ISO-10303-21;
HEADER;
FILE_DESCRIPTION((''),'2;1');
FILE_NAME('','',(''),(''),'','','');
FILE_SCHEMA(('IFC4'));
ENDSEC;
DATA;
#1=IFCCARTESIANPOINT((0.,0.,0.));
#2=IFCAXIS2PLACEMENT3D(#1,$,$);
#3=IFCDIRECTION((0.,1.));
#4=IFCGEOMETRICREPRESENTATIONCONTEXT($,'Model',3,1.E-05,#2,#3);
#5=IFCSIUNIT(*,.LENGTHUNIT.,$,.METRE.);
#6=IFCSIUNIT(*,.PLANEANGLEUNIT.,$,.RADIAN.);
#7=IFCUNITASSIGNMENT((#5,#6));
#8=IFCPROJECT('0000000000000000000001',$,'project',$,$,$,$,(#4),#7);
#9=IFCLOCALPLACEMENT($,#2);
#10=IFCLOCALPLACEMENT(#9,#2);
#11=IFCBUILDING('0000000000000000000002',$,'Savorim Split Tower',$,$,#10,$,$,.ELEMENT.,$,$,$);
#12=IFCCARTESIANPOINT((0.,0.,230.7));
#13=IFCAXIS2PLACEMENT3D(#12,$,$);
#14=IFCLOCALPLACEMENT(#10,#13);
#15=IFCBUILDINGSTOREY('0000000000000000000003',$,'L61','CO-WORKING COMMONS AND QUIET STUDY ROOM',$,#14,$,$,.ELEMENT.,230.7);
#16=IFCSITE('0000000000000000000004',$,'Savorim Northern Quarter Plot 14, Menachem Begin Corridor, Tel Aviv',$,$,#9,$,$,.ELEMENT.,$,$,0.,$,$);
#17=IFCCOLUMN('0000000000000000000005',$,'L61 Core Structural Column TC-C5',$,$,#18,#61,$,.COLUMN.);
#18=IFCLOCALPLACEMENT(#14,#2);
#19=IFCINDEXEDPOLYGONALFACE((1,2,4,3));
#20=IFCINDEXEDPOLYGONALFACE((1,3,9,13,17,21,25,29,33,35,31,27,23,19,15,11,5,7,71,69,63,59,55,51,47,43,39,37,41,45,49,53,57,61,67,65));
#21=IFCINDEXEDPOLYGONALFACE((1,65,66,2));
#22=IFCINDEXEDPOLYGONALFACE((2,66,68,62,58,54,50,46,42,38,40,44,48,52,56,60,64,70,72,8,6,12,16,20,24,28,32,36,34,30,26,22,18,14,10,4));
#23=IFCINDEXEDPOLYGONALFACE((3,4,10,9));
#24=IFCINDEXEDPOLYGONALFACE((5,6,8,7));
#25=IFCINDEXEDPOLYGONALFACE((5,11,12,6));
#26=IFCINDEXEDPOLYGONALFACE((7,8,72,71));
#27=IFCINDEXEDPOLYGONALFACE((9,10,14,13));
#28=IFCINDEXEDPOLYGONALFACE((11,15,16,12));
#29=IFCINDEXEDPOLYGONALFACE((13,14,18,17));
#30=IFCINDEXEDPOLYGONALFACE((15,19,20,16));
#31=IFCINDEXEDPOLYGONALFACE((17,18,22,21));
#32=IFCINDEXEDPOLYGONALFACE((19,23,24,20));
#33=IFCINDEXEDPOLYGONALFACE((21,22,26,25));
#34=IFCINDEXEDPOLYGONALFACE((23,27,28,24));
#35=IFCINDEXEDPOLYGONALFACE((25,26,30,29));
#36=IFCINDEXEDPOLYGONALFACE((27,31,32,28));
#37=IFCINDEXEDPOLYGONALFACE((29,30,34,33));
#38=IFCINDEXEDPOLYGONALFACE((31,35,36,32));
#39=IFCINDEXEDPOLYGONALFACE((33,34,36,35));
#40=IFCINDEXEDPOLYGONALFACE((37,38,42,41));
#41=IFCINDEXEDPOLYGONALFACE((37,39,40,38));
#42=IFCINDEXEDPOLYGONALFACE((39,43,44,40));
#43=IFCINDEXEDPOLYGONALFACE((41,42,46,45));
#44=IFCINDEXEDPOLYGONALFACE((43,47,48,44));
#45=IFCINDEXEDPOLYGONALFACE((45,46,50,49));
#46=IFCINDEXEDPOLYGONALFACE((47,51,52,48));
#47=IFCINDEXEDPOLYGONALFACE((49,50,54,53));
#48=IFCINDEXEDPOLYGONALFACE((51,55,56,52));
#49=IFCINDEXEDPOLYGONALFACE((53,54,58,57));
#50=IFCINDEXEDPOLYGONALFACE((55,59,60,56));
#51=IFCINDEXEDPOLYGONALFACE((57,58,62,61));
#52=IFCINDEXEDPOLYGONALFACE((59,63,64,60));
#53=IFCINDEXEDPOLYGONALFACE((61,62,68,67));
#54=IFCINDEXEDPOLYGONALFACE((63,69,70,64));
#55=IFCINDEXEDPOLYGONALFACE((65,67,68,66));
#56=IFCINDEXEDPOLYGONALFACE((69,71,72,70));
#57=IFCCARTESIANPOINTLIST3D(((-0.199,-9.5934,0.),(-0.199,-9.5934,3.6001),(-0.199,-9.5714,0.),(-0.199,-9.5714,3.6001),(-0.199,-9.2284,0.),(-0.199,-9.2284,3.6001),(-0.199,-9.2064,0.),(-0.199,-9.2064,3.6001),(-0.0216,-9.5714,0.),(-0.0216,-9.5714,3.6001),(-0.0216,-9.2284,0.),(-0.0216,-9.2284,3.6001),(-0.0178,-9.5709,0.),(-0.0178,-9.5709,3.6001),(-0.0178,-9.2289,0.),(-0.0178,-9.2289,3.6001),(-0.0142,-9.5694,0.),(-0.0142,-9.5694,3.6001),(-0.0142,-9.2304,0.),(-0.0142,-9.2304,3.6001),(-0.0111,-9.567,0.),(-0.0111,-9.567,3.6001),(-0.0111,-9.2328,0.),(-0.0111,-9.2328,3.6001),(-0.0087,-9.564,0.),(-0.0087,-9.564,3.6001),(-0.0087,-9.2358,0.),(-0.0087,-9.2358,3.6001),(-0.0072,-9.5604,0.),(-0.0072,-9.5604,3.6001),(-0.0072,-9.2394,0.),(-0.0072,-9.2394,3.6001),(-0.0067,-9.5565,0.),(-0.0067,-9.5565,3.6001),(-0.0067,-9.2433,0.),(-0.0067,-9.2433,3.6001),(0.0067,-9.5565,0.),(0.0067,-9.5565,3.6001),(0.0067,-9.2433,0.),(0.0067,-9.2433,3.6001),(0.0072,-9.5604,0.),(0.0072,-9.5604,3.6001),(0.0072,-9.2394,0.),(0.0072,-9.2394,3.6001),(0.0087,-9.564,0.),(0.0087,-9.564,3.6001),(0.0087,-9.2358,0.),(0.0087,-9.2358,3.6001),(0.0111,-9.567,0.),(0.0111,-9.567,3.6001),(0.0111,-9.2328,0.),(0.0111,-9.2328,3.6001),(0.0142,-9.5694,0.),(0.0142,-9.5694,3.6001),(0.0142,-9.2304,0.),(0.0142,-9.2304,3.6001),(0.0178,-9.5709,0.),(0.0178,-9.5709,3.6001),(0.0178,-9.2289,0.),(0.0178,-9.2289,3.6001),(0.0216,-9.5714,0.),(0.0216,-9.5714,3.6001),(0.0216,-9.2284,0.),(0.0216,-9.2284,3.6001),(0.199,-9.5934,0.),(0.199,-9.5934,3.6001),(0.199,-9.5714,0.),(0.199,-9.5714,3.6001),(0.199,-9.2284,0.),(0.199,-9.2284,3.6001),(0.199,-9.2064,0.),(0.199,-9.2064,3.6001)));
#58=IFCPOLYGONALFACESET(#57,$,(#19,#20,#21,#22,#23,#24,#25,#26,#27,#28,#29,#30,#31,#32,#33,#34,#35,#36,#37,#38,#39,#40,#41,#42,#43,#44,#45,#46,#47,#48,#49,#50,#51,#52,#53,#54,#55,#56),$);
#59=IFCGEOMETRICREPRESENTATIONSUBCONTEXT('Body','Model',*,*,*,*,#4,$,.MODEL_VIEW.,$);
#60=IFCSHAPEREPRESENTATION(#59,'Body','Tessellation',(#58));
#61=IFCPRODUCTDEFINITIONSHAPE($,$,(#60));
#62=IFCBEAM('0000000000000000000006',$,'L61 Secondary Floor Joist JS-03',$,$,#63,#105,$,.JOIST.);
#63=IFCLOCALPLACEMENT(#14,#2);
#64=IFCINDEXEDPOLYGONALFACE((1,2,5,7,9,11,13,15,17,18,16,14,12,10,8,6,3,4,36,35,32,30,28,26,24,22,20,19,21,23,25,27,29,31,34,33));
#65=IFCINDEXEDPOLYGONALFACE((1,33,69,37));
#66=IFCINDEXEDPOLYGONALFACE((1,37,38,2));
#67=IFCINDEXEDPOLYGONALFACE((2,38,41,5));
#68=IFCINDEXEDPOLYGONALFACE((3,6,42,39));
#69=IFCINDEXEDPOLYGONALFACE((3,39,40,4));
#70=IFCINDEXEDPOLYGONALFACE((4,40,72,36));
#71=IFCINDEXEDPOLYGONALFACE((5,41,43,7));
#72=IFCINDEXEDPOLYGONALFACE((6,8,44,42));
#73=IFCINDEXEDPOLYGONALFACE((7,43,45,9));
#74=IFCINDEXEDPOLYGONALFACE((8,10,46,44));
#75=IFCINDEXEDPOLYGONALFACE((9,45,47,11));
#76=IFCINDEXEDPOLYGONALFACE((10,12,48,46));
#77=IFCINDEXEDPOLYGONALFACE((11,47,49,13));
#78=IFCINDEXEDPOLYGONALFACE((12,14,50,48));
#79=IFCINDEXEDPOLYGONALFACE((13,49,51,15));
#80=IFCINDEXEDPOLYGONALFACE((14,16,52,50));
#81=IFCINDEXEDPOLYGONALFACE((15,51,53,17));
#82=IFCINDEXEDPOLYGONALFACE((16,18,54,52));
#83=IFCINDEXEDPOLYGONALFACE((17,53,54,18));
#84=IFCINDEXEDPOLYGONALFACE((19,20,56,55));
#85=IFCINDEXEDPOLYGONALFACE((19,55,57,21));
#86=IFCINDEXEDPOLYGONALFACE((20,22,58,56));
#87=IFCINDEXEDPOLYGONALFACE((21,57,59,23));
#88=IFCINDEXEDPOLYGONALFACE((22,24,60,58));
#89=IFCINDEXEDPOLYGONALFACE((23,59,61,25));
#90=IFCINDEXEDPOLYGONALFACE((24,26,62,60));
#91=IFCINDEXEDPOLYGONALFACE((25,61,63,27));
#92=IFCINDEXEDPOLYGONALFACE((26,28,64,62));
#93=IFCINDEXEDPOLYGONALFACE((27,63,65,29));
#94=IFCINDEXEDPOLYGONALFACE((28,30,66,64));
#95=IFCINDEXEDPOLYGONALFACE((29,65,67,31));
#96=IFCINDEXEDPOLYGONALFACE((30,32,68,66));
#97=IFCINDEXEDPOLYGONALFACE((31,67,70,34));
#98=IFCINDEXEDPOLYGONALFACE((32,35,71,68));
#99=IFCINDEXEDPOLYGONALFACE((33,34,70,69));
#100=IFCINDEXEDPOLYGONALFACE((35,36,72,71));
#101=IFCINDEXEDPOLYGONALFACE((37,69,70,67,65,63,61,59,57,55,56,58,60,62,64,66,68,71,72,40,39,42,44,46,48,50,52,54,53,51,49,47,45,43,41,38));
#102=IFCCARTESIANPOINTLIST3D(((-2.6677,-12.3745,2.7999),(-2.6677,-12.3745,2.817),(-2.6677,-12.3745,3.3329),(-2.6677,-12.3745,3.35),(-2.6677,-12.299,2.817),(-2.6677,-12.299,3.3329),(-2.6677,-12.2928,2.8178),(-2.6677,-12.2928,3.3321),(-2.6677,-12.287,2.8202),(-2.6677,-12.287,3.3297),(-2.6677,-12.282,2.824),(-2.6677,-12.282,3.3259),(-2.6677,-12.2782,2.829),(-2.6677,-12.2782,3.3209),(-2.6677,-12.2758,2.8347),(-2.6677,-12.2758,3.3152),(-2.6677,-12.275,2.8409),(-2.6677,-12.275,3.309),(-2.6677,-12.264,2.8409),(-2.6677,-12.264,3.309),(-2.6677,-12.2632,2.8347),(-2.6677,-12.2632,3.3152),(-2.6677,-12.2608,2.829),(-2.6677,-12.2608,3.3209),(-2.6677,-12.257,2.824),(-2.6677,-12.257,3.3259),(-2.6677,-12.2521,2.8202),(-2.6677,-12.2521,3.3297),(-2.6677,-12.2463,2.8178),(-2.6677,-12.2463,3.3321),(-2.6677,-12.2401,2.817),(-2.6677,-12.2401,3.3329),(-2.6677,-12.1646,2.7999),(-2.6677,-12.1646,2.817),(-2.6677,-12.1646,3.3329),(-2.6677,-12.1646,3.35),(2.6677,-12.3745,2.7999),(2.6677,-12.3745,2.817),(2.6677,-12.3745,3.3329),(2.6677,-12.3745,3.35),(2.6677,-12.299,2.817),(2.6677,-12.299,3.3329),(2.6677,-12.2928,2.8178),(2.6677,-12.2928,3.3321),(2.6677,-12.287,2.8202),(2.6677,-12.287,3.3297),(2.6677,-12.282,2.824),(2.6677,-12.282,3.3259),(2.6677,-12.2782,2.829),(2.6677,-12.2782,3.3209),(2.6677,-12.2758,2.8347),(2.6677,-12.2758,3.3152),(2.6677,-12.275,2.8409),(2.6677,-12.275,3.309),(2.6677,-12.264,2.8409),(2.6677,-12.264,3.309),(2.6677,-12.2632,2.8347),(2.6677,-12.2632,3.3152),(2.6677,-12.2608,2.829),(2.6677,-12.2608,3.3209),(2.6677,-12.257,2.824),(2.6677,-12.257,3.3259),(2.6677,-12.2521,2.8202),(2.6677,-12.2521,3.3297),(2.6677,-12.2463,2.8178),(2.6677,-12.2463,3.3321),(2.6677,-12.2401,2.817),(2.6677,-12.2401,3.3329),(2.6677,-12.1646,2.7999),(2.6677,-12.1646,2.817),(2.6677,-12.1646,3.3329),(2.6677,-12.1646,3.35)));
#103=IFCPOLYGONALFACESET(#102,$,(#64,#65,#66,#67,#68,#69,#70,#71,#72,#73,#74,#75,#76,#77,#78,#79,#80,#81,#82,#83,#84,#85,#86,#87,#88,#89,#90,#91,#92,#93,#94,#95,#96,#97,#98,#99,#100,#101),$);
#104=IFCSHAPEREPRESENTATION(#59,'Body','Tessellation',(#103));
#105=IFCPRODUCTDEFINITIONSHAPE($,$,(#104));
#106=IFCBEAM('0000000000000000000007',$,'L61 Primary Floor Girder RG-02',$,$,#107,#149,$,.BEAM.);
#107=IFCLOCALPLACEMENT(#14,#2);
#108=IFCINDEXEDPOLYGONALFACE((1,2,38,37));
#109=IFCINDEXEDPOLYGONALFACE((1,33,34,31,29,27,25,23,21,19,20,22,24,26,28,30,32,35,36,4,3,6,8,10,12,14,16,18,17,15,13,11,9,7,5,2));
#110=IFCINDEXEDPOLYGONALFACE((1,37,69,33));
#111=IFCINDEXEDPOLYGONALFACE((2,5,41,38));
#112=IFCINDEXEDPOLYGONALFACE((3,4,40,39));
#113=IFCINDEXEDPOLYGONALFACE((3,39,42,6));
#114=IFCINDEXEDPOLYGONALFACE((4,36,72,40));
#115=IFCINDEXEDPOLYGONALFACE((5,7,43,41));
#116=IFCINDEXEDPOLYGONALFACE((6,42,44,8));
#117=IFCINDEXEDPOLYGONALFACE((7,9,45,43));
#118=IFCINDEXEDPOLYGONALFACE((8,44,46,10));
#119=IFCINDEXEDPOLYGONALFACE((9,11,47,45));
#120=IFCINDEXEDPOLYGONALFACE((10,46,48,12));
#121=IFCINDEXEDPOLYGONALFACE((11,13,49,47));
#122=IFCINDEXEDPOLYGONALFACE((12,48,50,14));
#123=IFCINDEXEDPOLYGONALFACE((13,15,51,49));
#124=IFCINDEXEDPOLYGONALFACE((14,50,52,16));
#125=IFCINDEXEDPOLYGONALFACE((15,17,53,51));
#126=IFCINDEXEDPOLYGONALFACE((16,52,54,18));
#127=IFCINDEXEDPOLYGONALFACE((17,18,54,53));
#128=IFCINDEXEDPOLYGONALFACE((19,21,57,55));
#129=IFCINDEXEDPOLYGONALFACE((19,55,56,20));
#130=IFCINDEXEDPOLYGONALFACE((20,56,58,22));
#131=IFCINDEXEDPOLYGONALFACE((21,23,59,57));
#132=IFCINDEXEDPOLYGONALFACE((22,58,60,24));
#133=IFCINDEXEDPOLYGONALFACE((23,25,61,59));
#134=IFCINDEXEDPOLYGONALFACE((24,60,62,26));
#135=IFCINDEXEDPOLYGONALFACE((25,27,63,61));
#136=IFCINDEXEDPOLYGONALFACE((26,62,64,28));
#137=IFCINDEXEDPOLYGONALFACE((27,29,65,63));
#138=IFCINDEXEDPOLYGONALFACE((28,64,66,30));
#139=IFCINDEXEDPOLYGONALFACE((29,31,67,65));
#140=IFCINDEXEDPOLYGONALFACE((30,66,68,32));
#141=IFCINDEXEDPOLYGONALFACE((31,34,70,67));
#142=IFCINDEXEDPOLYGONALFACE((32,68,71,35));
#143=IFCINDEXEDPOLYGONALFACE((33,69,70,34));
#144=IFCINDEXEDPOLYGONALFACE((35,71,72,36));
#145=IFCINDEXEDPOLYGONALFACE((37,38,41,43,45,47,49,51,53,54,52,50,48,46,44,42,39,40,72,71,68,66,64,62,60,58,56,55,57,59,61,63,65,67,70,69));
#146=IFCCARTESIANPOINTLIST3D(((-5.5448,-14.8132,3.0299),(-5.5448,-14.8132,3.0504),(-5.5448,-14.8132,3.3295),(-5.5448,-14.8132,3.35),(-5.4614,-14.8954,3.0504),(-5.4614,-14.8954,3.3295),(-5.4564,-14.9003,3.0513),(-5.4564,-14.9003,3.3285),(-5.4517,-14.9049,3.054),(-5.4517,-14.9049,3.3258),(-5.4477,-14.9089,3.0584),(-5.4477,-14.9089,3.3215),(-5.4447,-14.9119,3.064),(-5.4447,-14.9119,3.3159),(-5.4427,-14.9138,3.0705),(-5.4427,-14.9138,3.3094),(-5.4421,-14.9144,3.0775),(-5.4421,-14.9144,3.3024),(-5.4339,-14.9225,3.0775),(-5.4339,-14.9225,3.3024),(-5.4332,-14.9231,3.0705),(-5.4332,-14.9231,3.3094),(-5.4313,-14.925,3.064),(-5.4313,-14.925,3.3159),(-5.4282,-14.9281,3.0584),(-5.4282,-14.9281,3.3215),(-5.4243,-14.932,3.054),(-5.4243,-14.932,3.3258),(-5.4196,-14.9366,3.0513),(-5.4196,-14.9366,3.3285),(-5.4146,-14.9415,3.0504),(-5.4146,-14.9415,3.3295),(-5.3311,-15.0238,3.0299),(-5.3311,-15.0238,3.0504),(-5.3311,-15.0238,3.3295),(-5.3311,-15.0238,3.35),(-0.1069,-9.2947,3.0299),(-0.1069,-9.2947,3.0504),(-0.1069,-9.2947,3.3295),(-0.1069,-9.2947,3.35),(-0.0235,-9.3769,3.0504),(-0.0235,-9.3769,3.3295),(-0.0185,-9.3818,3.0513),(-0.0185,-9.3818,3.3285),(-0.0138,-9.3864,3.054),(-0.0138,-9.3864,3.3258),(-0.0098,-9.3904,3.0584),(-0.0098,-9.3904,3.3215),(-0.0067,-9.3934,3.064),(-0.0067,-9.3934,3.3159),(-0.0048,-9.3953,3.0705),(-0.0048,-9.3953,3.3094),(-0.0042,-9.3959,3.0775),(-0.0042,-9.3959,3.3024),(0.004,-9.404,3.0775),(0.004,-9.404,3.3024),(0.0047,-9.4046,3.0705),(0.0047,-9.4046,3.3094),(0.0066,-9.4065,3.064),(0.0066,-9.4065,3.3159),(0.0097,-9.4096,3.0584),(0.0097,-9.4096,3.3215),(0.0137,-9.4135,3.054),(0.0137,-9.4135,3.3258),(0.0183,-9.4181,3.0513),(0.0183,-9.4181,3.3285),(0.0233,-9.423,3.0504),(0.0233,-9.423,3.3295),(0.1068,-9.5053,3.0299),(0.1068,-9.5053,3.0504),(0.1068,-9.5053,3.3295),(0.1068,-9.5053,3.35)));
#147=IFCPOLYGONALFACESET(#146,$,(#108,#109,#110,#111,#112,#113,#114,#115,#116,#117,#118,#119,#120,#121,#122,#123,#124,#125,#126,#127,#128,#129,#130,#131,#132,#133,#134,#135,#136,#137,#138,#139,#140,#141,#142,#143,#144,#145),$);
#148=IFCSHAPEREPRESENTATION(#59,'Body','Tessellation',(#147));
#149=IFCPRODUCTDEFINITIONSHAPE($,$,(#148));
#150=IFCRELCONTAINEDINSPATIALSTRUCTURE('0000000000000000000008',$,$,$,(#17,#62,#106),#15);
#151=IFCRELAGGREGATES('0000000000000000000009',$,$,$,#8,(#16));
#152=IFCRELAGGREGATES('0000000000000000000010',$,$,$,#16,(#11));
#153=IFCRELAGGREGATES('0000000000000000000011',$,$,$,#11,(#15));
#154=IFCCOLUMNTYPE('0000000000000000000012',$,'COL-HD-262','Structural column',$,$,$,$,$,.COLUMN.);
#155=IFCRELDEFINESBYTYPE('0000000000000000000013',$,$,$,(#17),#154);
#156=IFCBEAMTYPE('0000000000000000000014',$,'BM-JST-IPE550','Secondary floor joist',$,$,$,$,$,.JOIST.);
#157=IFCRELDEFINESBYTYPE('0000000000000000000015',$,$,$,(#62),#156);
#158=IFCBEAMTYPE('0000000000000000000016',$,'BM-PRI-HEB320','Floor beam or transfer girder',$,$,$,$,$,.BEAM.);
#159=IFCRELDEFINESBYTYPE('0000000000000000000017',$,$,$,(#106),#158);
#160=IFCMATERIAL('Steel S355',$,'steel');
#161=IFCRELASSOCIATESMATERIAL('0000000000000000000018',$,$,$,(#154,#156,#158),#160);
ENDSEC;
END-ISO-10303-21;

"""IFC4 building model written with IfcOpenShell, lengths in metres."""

from ifc_helpers import new_model, si_unit, direction, frame, origin, origin_2d, place, context, subcontext, project, spatial, i_section, extrude, material, material_profile, profile_set, type_object, element, save


model = new_model("IFC4")

# Units and contexts
model_context = context("Model", 3, precision=1e-05, world=origin(), true_north=direction((0.0, 1.0)))
body_context = subcontext(model_context, "Body", "Model", "MODEL_VIEW")
ifc_project = project(units=[si_unit("LENGTHUNIT", "METRE"), si_unit("PLANEANGLEUNIT", "RADIAN")], contexts=[model_context])

# Site, building, storey
site_placement = place(None, origin())
site = spatial("IfcSite", under=ifc_project, at=site_placement, Name="Savorim Northern Quarter Plot 14, Menachem Begin Corridor, Tel Aviv", CompositionType="ELEMENT", RefElevation=0.0)
building_placement = place(site_placement, origin())
building = spatial("IfcBuilding", under=site, at=building_placement, Name="Savorim Split Tower", CompositionType="ELEMENT")
storey_placement = place(building_placement, frame((0.0, 0.0, 230.7)))
storey = spatial("IfcBuildingStorey", under=building, at=storey_placement, Name="L61", Description="CO-WORKING COMMONS AND QUIET STUDY ROOM", CompositionType="ELEMENT", Elevation=230.7)

# Column
ifc_material_1 = material(Name="Steel S355", Category="steel")
ifc_material_profile_1 = material_profile(ifc_material_1, i_section(OverallWidth=0.3979, OverallDepth=0.387, WebThickness=0.0134, FlangeThickness=0.022, FilletRadius=0.0149, at=origin_2d()), Name="HD 400x262")
ifc_profile_set_1 = profile_set([ifc_material_profile_1], Name="Steel S355")
column_type = type_object("IfcColumnType", Name="COL-HD-262", Description="Structural column", PredefinedType="COLUMN", material=ifc_profile_set_1)
column_placement = place(storey_placement, frame((0.0, -9.3999, 0.0), z_axis=(0.0, 0.0, 1.0), x_axis=(1.0, 0.0, 0.0)))
element("IfcColumn", 1, at=column_placement, inside=storey, type_object=column_type, Name="L61 Core Structural Column TC-C5", PredefinedType="COLUMN", context=body_context, shape_type="SweptSolid", body=[
    extrude(i_section(OverallWidth=0.3979, OverallDepth=0.387, WebThickness=0.0134, FlangeThickness=0.022, FilletRadius=0.0149, at=origin_2d()), origin(), (0.0, 0.0, 1.0), 3.6001),
])

# Beams
ifc_material_profile_2 = material_profile(ifc_material_1, i_section(OverallWidth=0.21, OverallDepth=0.55, WebThickness=0.011, FlangeThickness=0.0171, FilletRadius=0.0239, at=origin_2d()), Name="IPE 550")
ifc_profile_set_2 = profile_set([ifc_material_profile_2], Name="Steel S355")
beam_type_1 = type_object("IfcBeamType", Name="BM-JST-IPE550", Description="Secondary floor joist", PredefinedType="JOIST", material=ifc_profile_set_2)
beam_1_placement = place(storey_placement, frame((-2.6677, -12.2695, 3.075), z_axis=(1.0, 0.0, 0.0), x_axis=(0.0, 1.0, 0.0)))
element("IfcBeam", 2, at=beam_1_placement, inside=storey, type_object=beam_type_1, Name="L61 Secondary Floor Joist JS-03", PredefinedType="JOIST", context=body_context, shape_type="SweptSolid", body=[
    extrude(i_section(OverallWidth=0.21, OverallDepth=0.55, WebThickness=0.011, FlangeThickness=0.0171, FilletRadius=0.0239, at=origin_2d()), origin(), (0.0, 0.0, 1.0), 5.3354),
])
ifc_material_profile_3 = material_profile(ifc_material_1, i_section(OverallWidth=0.3, OverallDepth=0.3201, WebThickness=0.0115, FlangeThickness=0.0205, FilletRadius=0.0271, at=origin_2d()), Name="HEB 320")
ifc_profile_set_3 = profile_set([ifc_material_profile_3], Name="Steel S355")
beam_type_2 = type_object("IfcBeamType", Name="BM-PRI-HEB320", Description="Floor beam or transfer girder", PredefinedType="BEAM", material=ifc_profile_set_3)
beam_2_placement = place(storey_placement, frame((-5.438, -14.9185, 3.1899), z_axis=(0.701888, 0.712287, 0.0), x_axis=(-0.712287, 0.701888, 0.0)))
element("IfcBeam", 3, at=beam_2_placement, inside=storey, type_object=beam_type_2, Name="L61 Primary Floor Girder RG-02", PredefinedType="BEAM", context=body_context, shape_type="SweptSolid", body=[
    extrude(i_section(OverallWidth=0.3, OverallDepth=0.3201, WebThickness=0.0115, FlangeThickness=0.0205, FilletRadius=0.0271, at=origin_2d()), origin(), (0.0, 0.0, 1.0), 7.7476),
])

save(model, "model.ifc")
